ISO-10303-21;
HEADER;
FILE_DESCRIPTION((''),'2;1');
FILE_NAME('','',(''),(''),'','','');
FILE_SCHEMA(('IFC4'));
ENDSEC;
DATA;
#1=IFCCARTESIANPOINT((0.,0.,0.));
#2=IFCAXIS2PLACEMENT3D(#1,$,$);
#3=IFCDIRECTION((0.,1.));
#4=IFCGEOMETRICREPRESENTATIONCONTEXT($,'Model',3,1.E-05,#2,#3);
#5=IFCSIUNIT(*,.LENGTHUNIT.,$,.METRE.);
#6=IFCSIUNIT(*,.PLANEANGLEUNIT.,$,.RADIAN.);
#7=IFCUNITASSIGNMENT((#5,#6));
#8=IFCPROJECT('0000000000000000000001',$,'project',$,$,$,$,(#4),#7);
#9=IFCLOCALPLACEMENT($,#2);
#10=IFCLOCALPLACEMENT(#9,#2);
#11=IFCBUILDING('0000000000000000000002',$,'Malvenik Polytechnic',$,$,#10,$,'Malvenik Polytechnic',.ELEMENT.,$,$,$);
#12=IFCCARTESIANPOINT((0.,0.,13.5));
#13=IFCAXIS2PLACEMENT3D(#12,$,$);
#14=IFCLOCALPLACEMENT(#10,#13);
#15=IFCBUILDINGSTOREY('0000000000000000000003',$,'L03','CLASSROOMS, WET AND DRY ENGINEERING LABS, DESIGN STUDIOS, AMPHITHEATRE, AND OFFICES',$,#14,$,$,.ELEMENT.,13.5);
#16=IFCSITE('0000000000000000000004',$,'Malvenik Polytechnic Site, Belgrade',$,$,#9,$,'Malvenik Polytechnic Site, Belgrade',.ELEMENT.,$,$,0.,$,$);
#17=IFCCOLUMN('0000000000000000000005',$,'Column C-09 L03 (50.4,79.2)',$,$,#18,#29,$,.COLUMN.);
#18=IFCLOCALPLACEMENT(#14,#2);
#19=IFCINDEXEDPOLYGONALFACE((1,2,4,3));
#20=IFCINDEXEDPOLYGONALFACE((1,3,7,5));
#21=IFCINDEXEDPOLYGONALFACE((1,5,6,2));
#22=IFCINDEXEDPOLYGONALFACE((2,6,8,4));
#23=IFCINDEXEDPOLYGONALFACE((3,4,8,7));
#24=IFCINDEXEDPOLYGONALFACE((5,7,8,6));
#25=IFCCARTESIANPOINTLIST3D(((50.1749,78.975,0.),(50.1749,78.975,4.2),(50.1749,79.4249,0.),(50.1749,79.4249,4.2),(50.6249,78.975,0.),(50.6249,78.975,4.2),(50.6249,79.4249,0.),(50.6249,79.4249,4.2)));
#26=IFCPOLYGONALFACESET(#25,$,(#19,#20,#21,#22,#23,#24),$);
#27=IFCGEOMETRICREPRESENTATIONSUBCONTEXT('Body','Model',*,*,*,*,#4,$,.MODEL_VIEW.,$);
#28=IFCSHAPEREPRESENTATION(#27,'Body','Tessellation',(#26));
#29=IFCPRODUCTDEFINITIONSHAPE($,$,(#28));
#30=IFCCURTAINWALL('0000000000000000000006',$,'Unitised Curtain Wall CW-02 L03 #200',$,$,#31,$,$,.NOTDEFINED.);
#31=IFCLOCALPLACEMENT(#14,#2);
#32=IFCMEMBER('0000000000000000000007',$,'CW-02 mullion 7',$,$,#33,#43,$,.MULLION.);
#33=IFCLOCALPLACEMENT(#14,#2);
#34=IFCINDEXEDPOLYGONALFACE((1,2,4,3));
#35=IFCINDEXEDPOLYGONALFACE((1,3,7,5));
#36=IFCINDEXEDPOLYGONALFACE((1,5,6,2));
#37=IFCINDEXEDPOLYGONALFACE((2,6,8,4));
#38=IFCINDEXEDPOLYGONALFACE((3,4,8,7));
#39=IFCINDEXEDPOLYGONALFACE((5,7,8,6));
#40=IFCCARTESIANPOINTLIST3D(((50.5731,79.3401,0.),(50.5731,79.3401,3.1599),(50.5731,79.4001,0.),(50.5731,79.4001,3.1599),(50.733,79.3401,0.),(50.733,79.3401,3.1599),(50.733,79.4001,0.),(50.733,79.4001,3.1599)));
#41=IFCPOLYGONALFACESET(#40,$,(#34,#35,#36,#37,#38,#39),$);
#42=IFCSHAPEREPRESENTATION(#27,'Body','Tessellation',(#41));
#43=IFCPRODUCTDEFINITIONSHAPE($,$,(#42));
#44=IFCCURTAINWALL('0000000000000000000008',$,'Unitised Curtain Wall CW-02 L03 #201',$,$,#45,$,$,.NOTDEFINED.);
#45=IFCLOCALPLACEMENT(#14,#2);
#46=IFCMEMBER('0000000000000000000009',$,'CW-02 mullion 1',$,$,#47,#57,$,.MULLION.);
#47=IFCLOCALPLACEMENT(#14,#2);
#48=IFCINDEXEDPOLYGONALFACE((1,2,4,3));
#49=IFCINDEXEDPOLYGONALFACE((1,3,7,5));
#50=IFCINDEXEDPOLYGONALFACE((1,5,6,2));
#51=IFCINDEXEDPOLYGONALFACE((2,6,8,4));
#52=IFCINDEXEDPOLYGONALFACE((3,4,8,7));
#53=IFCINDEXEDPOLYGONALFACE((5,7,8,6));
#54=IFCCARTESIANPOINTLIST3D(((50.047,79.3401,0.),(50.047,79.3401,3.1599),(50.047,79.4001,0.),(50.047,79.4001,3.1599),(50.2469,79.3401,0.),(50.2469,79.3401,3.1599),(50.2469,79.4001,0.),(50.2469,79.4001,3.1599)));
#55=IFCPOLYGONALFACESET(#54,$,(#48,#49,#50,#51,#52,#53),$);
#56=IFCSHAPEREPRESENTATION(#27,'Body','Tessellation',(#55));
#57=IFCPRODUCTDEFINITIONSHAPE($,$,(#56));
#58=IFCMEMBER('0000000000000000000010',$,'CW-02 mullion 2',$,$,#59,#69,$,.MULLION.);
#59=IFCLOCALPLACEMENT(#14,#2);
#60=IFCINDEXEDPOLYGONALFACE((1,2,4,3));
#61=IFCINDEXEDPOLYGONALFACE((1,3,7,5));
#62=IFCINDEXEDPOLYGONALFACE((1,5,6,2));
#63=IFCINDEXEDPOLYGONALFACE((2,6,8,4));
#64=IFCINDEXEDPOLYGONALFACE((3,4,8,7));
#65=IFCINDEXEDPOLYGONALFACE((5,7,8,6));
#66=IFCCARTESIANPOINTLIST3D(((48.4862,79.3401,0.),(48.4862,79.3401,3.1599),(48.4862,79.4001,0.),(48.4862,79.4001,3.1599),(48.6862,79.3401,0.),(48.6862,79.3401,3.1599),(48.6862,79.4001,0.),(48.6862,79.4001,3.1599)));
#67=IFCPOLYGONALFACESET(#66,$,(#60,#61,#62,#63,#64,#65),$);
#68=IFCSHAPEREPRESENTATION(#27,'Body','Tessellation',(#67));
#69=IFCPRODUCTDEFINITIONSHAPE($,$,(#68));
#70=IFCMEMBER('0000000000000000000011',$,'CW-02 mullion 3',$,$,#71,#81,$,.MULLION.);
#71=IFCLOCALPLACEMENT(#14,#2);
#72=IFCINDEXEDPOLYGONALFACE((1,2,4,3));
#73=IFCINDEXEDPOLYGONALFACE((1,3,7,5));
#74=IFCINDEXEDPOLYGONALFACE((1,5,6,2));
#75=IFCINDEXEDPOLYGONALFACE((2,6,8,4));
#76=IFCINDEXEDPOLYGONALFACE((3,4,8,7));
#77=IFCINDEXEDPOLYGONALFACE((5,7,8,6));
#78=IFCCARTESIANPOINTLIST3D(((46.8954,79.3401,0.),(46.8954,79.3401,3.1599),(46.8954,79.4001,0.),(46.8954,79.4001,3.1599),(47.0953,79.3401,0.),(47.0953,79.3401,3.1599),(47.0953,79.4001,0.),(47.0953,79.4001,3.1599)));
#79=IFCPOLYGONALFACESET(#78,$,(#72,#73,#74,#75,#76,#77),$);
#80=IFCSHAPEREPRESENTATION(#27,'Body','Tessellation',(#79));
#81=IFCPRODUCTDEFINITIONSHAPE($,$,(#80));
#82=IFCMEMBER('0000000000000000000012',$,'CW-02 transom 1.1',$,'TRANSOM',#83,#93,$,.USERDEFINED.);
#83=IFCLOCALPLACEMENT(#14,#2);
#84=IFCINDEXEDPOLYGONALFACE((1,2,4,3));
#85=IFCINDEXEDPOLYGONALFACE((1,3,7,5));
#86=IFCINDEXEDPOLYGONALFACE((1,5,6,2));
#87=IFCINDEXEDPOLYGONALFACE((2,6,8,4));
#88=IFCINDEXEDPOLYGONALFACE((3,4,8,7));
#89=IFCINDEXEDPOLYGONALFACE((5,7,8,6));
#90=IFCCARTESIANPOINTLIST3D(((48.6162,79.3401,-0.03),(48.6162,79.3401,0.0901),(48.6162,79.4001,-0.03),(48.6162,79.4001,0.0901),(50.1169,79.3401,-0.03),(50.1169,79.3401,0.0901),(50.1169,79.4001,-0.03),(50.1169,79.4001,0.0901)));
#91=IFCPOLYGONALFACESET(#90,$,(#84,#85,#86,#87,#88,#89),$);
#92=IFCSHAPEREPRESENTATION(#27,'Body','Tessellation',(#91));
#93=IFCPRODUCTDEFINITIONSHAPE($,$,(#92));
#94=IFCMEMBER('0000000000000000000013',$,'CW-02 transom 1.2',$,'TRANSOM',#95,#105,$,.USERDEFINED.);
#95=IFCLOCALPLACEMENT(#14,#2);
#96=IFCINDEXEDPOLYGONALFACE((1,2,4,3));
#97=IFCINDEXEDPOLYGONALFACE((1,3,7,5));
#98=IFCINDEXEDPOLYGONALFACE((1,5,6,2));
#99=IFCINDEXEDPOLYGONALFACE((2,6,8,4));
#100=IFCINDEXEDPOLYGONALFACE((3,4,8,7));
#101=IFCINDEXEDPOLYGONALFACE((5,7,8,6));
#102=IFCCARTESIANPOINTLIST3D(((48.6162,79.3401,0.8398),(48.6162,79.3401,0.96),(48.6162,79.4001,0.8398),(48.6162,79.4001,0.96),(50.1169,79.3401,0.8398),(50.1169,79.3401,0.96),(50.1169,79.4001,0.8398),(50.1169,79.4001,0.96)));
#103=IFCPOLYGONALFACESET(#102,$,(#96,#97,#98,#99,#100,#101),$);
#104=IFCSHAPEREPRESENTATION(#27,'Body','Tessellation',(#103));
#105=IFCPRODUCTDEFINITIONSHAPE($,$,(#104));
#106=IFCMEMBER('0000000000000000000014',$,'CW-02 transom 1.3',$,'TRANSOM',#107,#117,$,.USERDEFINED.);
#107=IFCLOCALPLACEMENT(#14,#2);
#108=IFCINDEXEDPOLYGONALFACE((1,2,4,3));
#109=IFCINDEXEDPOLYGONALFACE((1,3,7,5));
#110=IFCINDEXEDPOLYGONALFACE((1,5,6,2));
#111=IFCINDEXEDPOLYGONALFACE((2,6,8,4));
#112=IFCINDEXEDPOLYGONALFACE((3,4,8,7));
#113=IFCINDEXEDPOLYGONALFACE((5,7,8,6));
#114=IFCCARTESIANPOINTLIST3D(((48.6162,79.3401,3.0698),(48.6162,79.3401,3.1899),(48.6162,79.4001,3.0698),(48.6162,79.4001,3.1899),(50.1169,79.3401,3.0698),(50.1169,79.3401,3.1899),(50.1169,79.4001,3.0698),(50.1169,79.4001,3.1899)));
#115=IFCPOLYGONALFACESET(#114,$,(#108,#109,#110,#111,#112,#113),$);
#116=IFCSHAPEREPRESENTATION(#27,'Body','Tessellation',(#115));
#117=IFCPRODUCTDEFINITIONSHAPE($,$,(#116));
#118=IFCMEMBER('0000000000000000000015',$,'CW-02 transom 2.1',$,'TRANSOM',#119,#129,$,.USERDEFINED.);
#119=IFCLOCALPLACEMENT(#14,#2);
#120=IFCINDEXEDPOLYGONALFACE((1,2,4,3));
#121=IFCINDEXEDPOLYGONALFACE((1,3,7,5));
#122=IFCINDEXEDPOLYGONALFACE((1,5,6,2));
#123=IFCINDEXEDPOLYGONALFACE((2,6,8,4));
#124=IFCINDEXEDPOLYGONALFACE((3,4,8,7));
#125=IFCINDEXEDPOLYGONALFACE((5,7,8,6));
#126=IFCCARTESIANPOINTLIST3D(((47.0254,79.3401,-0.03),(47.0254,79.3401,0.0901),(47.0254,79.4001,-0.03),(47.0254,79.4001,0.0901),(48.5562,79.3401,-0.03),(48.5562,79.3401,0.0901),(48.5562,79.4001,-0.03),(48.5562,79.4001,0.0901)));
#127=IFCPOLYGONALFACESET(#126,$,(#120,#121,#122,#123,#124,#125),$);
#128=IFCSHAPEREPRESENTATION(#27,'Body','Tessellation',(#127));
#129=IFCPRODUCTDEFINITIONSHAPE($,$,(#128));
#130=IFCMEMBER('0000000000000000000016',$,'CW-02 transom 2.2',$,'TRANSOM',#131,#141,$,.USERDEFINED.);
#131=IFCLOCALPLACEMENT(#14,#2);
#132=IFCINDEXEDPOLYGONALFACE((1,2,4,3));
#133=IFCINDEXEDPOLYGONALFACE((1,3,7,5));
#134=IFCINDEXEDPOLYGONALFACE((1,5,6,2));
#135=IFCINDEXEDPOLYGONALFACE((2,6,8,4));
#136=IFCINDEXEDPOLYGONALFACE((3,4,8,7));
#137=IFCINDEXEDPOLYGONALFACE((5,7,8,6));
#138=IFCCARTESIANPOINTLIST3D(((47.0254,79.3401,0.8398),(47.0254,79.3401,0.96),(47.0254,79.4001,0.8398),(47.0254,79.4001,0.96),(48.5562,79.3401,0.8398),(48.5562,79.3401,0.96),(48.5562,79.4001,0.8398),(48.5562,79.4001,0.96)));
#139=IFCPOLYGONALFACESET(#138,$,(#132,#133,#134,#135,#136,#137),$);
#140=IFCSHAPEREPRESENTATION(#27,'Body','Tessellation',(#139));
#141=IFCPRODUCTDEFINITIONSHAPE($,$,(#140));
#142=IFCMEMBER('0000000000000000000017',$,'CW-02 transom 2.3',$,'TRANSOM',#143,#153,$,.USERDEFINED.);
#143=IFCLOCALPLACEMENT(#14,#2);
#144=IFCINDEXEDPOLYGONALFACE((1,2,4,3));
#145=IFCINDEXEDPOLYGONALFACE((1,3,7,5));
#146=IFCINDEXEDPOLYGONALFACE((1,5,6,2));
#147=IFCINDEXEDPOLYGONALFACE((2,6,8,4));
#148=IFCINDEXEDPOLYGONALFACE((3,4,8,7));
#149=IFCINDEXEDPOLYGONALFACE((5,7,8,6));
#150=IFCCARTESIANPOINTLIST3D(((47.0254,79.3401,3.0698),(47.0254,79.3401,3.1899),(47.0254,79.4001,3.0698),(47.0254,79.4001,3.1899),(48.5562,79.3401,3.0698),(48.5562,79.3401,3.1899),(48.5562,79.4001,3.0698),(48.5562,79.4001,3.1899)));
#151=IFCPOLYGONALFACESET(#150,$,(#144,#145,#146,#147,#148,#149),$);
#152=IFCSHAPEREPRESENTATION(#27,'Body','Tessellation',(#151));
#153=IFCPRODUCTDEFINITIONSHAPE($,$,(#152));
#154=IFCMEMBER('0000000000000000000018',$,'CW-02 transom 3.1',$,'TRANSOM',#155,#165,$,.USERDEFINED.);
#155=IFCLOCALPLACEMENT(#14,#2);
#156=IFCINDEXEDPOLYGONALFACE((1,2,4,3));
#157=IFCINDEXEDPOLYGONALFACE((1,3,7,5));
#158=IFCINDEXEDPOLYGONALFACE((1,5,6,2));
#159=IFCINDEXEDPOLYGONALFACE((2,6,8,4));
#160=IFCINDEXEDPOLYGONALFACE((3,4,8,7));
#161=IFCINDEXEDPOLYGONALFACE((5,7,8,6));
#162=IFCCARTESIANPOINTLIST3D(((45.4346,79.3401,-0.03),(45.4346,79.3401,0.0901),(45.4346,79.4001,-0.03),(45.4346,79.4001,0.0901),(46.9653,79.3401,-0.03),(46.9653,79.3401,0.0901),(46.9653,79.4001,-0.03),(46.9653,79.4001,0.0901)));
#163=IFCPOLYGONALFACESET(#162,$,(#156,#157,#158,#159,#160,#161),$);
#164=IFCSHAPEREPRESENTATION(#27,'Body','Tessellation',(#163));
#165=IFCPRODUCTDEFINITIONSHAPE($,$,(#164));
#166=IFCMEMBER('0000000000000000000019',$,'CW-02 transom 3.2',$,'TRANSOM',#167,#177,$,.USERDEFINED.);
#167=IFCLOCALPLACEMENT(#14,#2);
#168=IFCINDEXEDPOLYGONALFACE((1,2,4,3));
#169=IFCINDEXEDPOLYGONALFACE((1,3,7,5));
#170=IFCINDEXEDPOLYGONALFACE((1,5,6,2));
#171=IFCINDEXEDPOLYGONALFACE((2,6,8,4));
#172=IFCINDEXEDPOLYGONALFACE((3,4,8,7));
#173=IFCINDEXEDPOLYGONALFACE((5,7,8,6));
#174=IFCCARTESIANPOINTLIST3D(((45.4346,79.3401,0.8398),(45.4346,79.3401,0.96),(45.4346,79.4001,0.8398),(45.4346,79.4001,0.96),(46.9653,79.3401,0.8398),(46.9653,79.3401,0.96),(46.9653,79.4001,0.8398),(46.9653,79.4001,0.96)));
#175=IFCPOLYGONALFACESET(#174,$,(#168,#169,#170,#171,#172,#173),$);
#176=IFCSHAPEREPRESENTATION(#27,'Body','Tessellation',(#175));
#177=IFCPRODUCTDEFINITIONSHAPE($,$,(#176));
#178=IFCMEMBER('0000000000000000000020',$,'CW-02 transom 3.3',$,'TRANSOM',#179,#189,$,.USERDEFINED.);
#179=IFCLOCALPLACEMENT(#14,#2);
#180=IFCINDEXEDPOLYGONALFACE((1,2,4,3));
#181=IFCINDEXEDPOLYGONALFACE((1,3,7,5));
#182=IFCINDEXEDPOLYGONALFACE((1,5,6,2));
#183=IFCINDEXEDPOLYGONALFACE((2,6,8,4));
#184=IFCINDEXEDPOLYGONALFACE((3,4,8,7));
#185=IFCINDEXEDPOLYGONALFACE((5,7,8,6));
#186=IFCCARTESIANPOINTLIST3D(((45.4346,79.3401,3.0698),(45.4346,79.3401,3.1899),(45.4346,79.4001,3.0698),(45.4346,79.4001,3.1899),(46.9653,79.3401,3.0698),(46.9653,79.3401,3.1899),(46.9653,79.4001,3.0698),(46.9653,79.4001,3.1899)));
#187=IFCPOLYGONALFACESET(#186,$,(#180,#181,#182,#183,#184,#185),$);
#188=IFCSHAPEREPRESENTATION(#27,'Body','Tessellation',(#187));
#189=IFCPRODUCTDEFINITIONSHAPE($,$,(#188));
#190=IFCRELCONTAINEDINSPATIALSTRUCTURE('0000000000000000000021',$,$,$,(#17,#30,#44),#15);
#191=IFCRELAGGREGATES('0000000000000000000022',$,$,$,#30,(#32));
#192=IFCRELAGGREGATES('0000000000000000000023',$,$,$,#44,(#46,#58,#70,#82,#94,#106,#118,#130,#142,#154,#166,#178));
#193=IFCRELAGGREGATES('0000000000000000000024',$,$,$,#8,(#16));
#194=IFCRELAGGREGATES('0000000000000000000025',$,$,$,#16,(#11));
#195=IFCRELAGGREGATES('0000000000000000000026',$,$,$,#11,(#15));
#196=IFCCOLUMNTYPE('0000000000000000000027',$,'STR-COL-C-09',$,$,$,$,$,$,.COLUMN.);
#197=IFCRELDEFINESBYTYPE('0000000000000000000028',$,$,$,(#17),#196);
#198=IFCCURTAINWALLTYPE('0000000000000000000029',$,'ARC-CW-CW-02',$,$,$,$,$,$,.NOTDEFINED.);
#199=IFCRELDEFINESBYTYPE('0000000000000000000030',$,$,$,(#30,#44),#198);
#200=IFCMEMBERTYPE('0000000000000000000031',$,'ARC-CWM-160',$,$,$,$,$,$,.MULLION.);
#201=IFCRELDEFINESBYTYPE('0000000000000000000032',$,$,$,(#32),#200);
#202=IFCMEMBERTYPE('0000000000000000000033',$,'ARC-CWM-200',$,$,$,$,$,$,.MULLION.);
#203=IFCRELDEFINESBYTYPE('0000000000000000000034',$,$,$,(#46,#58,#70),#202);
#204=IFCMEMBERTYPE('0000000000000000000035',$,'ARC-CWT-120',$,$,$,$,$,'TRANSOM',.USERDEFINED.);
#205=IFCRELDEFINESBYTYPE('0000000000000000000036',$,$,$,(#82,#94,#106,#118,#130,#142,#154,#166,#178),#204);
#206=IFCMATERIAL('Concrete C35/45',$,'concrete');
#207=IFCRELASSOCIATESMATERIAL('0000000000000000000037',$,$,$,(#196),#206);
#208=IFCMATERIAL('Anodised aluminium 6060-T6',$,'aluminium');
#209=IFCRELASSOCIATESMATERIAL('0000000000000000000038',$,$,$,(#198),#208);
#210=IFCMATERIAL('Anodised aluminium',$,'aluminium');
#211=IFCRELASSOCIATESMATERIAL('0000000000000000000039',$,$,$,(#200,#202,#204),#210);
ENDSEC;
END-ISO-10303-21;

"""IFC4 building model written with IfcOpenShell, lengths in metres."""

from ifc_helpers import new_model, si_unit, direction, frame, origin, origin_2d, place, context, subcontext, project, spatial, rectangle, extrude, material, material_profile, profile_set, type_object, element, aggregate, save


model = new_model("IFC4")

# Units and contexts
model_context = context("Model", 3, precision=1e-05, world=origin(), true_north=direction((0.0, 1.0)))
body_context = subcontext(model_context, "Body", "Model", "MODEL_VIEW")
ifc_project = project(units=[si_unit("LENGTHUNIT", "METRE"), si_unit("PLANEANGLEUNIT", "RADIAN")], contexts=[model_context])

# Site, building, storey
site_placement = place(None, origin())
site = spatial("IfcSite", under=ifc_project, at=site_placement, Name="Malvenik Polytechnic Site, Belgrade", LongName="Malvenik Polytechnic Site, Belgrade", CompositionType="ELEMENT", RefElevation=0.0)
building_placement = place(site_placement, origin())
building = spatial("IfcBuilding", under=site, at=building_placement, Name="Malvenik Polytechnic", LongName="Malvenik Polytechnic", CompositionType="ELEMENT")
storey_placement = place(building_placement, frame((0.0, 0.0, 13.5)))
storey = spatial("IfcBuildingStorey", under=building, at=storey_placement, Name="L03", Description="CLASSROOMS, WET AND DRY ENGINEERING LABS, DESIGN STUDIOS, AMPHITHEATRE, AND OFFICES", CompositionType="ELEMENT", Elevation=13.5)

# Column
ifc_material_1 = material(Name="Concrete C35/45", Category="concrete")
ifc_material_profile_1 = material_profile(ifc_material_1, rectangle(XDim=0.45, YDim=0.45, at=origin_2d()), Name="RC COL 450x450")
ifc_profile_set_1 = profile_set([ifc_material_profile_1], Name="Concrete C35/45")
column_type = type_object("IfcColumnType", Name="STR-COL-C-09", PredefinedType="COLUMN", material=ifc_profile_set_1)
column_placement = place(storey_placement, frame((50.3999, 79.2, 0.0), z_axis=(0.0, 0.0, 1.0), x_axis=(1.0, 0.0, 0.0)))
element("IfcColumn", 1, at=column_placement, inside=storey, type_object=column_type, Name="Column C-09 L03 (50.4,79.2)", PredefinedType="COLUMN", context=body_context, shape_type="SweptSolid", body=[
    extrude(rectangle(XDim=0.45, YDim=0.45, at=origin_2d()), origin(), (0.0, 0.0, 1.0), 4.2),
])

# Curtain wall, member
ifc_material_2 = material(Name="Anodised aluminium 6060-T6", Category="aluminium")
curtain_wall_type = type_object("IfcCurtainWallType", Name="ARC-CW-CW-02", PredefinedType="NOTDEFINED", material=ifc_material_2)
curtain_wall_1_placement = place(storey_placement, origin())
curtain_wall_1 = element("IfcCurtainWall", 2, at=curtain_wall_1_placement, inside=storey, type_object=curtain_wall_type, Name="Unitised Curtain Wall CW-02 L03 #200", PredefinedType="NOTDEFINED")
ifc_material_3 = material(Name="Anodised aluminium", Category="aluminium")
ifc_material_profile_2 = material_profile(ifc_material_3, rectangle(XDim=0.0601, YDim=0.1599, at=origin_2d()), Name="ALU MULLION 60x160")
ifc_profile_set_2 = profile_set([ifc_material_profile_2], Name="Anodised aluminium")
member_type_1 = type_object("IfcMemberType", Name="ARC-CWM-160", PredefinedType="MULLION", material=ifc_profile_set_2)
member_1_placement = place(storey_placement, frame((50.6531, 79.3701, 0.0), z_axis=(0.0, 0.0, 1.0), x_axis=(0.0, -1.0, 0.0)))
member_1 = element("IfcMember", 3, at=member_1_placement, type_object=member_type_1, Name="CW-02 mullion 7", PredefinedType="MULLION", context=body_context, shape_type="SweptSolid", body=[
    extrude(rectangle(XDim=0.0601, YDim=0.1599, at=origin_2d()), origin(), (0.0, 0.0, 1.0), 3.1599),
])

# Curtain wall, members
curtain_wall_2_placement = place(storey_placement, origin())
curtain_wall_2 = element("IfcCurtainWall", 4, at=curtain_wall_2_placement, inside=storey, type_object=curtain_wall_type, Name="Unitised Curtain Wall CW-02 L03 #201", PredefinedType="NOTDEFINED")
ifc_material_profile_3 = material_profile(ifc_material_3, rectangle(XDim=0.0601, YDim=0.2, at=origin_2d()), Name="ALU MULLION 60x200")
ifc_profile_set_3 = profile_set([ifc_material_profile_3], Name="Anodised aluminium")
member_type_2 = type_object("IfcMemberType", Name="ARC-CWM-200", PredefinedType="MULLION", material=ifc_profile_set_3)
member_2_placement = place(storey_placement, frame((50.147, 79.3701, 0.0), z_axis=(0.0, 0.0, 1.0), x_axis=(0.0, -1.0, 0.0)))
member_2 = element("IfcMember", 5, at=member_2_placement, type_object=member_type_2, Name="CW-02 mullion 1", PredefinedType="MULLION", context=body_context, shape_type="SweptSolid", body=[
    extrude(rectangle(XDim=0.0601, YDim=0.2, at=origin_2d()), origin(), (0.0, 0.0, 1.0), 3.1599),
])
member_3_placement = place(storey_placement, frame((48.5862, 79.3701, 0.0), z_axis=(0.0, 0.0, 1.0), x_axis=(0.0, -1.0, 0.0)))
member_3 = element("IfcMember", 6, at=member_3_placement, type_object=member_type_2, Name="CW-02 mullion 2", PredefinedType="MULLION", context=body_context, shape_type="SweptSolid", body=[
    extrude(rectangle(XDim=0.0601, YDim=0.2, at=origin_2d()), origin(), (0.0, 0.0, 1.0), 3.1599),
])
member_4_placement = place(storey_placement, frame((46.9954, 79.3701, 0.0), z_axis=(0.0, 0.0, 1.0), x_axis=(0.0, -1.0, 0.0)))
member_4 = element("IfcMember", 7, at=member_4_placement, type_object=member_type_2, Name="CW-02 mullion 3", PredefinedType="MULLION", context=body_context, shape_type="SweptSolid", body=[
    extrude(rectangle(XDim=0.0601, YDim=0.2, at=origin_2d()), origin(), (0.0, 0.0, 1.0), 3.1599),
])
ifc_material_profile_4 = material_profile(ifc_material_3, rectangle(XDim=0.0601, YDim=0.1201, at=origin_2d()), Name="ALU TRANSOM 60x120")
ifc_profile_set_4 = profile_set([ifc_material_profile_4], Name="Anodised aluminium")
member_type_3 = type_object("IfcMemberType", Name="ARC-CWT-120", ElementType="TRANSOM", PredefinedType="USERDEFINED", material=ifc_profile_set_4)
member_5_placement = place(storey_placement, frame((50.1169, 79.3701, 0.03), z_axis=(-1.0, 0.0, 0.0), x_axis=(0.0, -1.0, 0.0)))
member_5 = element("IfcMember", 8, at=member_5_placement, type_object=member_type_3, Name="CW-02 transom 1.1", ObjectType="TRANSOM", PredefinedType="USERDEFINED", context=body_context, shape_type="SweptSolid", body=[
    extrude(rectangle(XDim=0.0601, YDim=0.1201, at=origin_2d()), origin(), (0.0, 0.0, 1.0), 1.5007),
])
member_6_placement = place(storey_placement, frame((50.1169, 79.3701, 0.8999), z_axis=(-1.0, 0.0, 0.0), x_axis=(0.0, -1.0, 0.0)))
member_6 = element("IfcMember", 9, at=member_6_placement, type_object=member_type_3, Name="CW-02 transom 1.2", ObjectType="TRANSOM", PredefinedType="USERDEFINED", context=body_context, shape_type="SweptSolid", body=[
    extrude(rectangle(XDim=0.0601, YDim=0.1201, at=origin_2d()), origin(), (0.0, 0.0, 1.0), 1.5007),
])
member_7_placement = place(storey_placement, frame((50.1169, 79.3701, 3.1299), z_axis=(-1.0, 0.0, 0.0), x_axis=(0.0, -1.0, 0.0)))
member_7 = element("IfcMember", 10, at=member_7_placement, type_object=member_type_3, Name="CW-02 transom 1.3", ObjectType="TRANSOM", PredefinedType="USERDEFINED", context=body_context, shape_type="SweptSolid", body=[
    extrude(rectangle(XDim=0.0601, YDim=0.1201, at=origin_2d()), origin(), (0.0, 0.0, 1.0), 1.5007),
])
member_8_placement = place(storey_placement, frame((48.5562, 79.3701, 0.03), z_axis=(-1.0, 0.0, 0.0), x_axis=(0.0, -1.0, 0.0)))
member_8 = element("IfcMember", 11, at=member_8_placement, type_object=member_type_3, Name="CW-02 transom 2.1", ObjectType="TRANSOM", PredefinedType="USERDEFINED", context=body_context, shape_type="SweptSolid", body=[
    extrude(rectangle(XDim=0.0601, YDim=0.1201, at=origin_2d()), origin(), (0.0, 0.0, 1.0), 1.5308),
])
member_9_placement = place(storey_placement, frame((48.5562, 79.3701, 0.8999), z_axis=(-1.0, 0.0, 0.0), x_axis=(0.0, -1.0, 0.0)))
member_9 = element("IfcMember", 12, at=member_9_placement, type_object=member_type_3, Name="CW-02 transom 2.2", ObjectType="TRANSOM", PredefinedType="USERDEFINED", context=body_context, shape_type="SweptSolid", body=[
    extrude(rectangle(XDim=0.0601, YDim=0.1201, at=origin_2d()), origin(), (0.0, 0.0, 1.0), 1.5308),
])
member_10_placement = place(storey_placement, frame((48.5562, 79.3701, 3.1299), z_axis=(-1.0, 0.0, 0.0), x_axis=(0.0, -1.0, 0.0)))
member_10 = element("IfcMember", 13, at=member_10_placement, type_object=member_type_3, Name="CW-02 transom 2.3", ObjectType="TRANSOM", PredefinedType="USERDEFINED", context=body_context, shape_type="SweptSolid", body=[
    extrude(rectangle(XDim=0.0601, YDim=0.1201, at=origin_2d()), origin(), (0.0, 0.0, 1.0), 1.5308),
])
member_11_placement = place(storey_placement, frame((46.9653, 79.3701, 0.03), z_axis=(-1.0, 0.0, 0.0), x_axis=(0.0, -1.0, 0.0)))
member_11 = element("IfcMember", 14, at=member_11_placement, type_object=member_type_3, Name="CW-02 transom 3.1", ObjectType="TRANSOM", PredefinedType="USERDEFINED", context=body_context, shape_type="SweptSolid", body=[
    extrude(rectangle(XDim=0.0601, YDim=0.1201, at=origin_2d()), origin(), (0.0, 0.0, 1.0), 1.5308),
])
member_12_placement = place(storey_placement, frame((46.9653, 79.3701, 0.8999), z_axis=(-1.0, 0.0, 0.0), x_axis=(0.0, -1.0, 0.0)))
member_12 = element("IfcMember", 15, at=member_12_placement, type_object=member_type_3, Name="CW-02 transom 3.2", ObjectType="TRANSOM", PredefinedType="USERDEFINED", context=body_context, shape_type="SweptSolid", body=[
    extrude(rectangle(XDim=0.0601, YDim=0.1201, at=origin_2d()), origin(), (0.0, 0.0, 1.0), 1.5308),
])
member_13_placement = place(storey_placement, frame((46.9653, 79.3701, 3.1299), z_axis=(-1.0, 0.0, 0.0), x_axis=(0.0, -1.0, 0.0)))
member_13 = element("IfcMember", 16, at=member_13_placement, type_object=member_type_3, Name="CW-02 transom 3.3", ObjectType="TRANSOM", PredefinedType="USERDEFINED", context=body_context, shape_type="SweptSolid", body=[
    extrude(rectangle(XDim=0.0601, YDim=0.1201, at=origin_2d()), origin(), (0.0, 0.0, 1.0), 1.5308),
])

aggregate(curtain_wall_1, [member_1])
aggregate(curtain_wall_2, [member_2, member_3, member_4, member_5, member_6, member_7, member_8, member_9, member_10, member_11, member_12, member_13])

save(model, "model.ifc")
